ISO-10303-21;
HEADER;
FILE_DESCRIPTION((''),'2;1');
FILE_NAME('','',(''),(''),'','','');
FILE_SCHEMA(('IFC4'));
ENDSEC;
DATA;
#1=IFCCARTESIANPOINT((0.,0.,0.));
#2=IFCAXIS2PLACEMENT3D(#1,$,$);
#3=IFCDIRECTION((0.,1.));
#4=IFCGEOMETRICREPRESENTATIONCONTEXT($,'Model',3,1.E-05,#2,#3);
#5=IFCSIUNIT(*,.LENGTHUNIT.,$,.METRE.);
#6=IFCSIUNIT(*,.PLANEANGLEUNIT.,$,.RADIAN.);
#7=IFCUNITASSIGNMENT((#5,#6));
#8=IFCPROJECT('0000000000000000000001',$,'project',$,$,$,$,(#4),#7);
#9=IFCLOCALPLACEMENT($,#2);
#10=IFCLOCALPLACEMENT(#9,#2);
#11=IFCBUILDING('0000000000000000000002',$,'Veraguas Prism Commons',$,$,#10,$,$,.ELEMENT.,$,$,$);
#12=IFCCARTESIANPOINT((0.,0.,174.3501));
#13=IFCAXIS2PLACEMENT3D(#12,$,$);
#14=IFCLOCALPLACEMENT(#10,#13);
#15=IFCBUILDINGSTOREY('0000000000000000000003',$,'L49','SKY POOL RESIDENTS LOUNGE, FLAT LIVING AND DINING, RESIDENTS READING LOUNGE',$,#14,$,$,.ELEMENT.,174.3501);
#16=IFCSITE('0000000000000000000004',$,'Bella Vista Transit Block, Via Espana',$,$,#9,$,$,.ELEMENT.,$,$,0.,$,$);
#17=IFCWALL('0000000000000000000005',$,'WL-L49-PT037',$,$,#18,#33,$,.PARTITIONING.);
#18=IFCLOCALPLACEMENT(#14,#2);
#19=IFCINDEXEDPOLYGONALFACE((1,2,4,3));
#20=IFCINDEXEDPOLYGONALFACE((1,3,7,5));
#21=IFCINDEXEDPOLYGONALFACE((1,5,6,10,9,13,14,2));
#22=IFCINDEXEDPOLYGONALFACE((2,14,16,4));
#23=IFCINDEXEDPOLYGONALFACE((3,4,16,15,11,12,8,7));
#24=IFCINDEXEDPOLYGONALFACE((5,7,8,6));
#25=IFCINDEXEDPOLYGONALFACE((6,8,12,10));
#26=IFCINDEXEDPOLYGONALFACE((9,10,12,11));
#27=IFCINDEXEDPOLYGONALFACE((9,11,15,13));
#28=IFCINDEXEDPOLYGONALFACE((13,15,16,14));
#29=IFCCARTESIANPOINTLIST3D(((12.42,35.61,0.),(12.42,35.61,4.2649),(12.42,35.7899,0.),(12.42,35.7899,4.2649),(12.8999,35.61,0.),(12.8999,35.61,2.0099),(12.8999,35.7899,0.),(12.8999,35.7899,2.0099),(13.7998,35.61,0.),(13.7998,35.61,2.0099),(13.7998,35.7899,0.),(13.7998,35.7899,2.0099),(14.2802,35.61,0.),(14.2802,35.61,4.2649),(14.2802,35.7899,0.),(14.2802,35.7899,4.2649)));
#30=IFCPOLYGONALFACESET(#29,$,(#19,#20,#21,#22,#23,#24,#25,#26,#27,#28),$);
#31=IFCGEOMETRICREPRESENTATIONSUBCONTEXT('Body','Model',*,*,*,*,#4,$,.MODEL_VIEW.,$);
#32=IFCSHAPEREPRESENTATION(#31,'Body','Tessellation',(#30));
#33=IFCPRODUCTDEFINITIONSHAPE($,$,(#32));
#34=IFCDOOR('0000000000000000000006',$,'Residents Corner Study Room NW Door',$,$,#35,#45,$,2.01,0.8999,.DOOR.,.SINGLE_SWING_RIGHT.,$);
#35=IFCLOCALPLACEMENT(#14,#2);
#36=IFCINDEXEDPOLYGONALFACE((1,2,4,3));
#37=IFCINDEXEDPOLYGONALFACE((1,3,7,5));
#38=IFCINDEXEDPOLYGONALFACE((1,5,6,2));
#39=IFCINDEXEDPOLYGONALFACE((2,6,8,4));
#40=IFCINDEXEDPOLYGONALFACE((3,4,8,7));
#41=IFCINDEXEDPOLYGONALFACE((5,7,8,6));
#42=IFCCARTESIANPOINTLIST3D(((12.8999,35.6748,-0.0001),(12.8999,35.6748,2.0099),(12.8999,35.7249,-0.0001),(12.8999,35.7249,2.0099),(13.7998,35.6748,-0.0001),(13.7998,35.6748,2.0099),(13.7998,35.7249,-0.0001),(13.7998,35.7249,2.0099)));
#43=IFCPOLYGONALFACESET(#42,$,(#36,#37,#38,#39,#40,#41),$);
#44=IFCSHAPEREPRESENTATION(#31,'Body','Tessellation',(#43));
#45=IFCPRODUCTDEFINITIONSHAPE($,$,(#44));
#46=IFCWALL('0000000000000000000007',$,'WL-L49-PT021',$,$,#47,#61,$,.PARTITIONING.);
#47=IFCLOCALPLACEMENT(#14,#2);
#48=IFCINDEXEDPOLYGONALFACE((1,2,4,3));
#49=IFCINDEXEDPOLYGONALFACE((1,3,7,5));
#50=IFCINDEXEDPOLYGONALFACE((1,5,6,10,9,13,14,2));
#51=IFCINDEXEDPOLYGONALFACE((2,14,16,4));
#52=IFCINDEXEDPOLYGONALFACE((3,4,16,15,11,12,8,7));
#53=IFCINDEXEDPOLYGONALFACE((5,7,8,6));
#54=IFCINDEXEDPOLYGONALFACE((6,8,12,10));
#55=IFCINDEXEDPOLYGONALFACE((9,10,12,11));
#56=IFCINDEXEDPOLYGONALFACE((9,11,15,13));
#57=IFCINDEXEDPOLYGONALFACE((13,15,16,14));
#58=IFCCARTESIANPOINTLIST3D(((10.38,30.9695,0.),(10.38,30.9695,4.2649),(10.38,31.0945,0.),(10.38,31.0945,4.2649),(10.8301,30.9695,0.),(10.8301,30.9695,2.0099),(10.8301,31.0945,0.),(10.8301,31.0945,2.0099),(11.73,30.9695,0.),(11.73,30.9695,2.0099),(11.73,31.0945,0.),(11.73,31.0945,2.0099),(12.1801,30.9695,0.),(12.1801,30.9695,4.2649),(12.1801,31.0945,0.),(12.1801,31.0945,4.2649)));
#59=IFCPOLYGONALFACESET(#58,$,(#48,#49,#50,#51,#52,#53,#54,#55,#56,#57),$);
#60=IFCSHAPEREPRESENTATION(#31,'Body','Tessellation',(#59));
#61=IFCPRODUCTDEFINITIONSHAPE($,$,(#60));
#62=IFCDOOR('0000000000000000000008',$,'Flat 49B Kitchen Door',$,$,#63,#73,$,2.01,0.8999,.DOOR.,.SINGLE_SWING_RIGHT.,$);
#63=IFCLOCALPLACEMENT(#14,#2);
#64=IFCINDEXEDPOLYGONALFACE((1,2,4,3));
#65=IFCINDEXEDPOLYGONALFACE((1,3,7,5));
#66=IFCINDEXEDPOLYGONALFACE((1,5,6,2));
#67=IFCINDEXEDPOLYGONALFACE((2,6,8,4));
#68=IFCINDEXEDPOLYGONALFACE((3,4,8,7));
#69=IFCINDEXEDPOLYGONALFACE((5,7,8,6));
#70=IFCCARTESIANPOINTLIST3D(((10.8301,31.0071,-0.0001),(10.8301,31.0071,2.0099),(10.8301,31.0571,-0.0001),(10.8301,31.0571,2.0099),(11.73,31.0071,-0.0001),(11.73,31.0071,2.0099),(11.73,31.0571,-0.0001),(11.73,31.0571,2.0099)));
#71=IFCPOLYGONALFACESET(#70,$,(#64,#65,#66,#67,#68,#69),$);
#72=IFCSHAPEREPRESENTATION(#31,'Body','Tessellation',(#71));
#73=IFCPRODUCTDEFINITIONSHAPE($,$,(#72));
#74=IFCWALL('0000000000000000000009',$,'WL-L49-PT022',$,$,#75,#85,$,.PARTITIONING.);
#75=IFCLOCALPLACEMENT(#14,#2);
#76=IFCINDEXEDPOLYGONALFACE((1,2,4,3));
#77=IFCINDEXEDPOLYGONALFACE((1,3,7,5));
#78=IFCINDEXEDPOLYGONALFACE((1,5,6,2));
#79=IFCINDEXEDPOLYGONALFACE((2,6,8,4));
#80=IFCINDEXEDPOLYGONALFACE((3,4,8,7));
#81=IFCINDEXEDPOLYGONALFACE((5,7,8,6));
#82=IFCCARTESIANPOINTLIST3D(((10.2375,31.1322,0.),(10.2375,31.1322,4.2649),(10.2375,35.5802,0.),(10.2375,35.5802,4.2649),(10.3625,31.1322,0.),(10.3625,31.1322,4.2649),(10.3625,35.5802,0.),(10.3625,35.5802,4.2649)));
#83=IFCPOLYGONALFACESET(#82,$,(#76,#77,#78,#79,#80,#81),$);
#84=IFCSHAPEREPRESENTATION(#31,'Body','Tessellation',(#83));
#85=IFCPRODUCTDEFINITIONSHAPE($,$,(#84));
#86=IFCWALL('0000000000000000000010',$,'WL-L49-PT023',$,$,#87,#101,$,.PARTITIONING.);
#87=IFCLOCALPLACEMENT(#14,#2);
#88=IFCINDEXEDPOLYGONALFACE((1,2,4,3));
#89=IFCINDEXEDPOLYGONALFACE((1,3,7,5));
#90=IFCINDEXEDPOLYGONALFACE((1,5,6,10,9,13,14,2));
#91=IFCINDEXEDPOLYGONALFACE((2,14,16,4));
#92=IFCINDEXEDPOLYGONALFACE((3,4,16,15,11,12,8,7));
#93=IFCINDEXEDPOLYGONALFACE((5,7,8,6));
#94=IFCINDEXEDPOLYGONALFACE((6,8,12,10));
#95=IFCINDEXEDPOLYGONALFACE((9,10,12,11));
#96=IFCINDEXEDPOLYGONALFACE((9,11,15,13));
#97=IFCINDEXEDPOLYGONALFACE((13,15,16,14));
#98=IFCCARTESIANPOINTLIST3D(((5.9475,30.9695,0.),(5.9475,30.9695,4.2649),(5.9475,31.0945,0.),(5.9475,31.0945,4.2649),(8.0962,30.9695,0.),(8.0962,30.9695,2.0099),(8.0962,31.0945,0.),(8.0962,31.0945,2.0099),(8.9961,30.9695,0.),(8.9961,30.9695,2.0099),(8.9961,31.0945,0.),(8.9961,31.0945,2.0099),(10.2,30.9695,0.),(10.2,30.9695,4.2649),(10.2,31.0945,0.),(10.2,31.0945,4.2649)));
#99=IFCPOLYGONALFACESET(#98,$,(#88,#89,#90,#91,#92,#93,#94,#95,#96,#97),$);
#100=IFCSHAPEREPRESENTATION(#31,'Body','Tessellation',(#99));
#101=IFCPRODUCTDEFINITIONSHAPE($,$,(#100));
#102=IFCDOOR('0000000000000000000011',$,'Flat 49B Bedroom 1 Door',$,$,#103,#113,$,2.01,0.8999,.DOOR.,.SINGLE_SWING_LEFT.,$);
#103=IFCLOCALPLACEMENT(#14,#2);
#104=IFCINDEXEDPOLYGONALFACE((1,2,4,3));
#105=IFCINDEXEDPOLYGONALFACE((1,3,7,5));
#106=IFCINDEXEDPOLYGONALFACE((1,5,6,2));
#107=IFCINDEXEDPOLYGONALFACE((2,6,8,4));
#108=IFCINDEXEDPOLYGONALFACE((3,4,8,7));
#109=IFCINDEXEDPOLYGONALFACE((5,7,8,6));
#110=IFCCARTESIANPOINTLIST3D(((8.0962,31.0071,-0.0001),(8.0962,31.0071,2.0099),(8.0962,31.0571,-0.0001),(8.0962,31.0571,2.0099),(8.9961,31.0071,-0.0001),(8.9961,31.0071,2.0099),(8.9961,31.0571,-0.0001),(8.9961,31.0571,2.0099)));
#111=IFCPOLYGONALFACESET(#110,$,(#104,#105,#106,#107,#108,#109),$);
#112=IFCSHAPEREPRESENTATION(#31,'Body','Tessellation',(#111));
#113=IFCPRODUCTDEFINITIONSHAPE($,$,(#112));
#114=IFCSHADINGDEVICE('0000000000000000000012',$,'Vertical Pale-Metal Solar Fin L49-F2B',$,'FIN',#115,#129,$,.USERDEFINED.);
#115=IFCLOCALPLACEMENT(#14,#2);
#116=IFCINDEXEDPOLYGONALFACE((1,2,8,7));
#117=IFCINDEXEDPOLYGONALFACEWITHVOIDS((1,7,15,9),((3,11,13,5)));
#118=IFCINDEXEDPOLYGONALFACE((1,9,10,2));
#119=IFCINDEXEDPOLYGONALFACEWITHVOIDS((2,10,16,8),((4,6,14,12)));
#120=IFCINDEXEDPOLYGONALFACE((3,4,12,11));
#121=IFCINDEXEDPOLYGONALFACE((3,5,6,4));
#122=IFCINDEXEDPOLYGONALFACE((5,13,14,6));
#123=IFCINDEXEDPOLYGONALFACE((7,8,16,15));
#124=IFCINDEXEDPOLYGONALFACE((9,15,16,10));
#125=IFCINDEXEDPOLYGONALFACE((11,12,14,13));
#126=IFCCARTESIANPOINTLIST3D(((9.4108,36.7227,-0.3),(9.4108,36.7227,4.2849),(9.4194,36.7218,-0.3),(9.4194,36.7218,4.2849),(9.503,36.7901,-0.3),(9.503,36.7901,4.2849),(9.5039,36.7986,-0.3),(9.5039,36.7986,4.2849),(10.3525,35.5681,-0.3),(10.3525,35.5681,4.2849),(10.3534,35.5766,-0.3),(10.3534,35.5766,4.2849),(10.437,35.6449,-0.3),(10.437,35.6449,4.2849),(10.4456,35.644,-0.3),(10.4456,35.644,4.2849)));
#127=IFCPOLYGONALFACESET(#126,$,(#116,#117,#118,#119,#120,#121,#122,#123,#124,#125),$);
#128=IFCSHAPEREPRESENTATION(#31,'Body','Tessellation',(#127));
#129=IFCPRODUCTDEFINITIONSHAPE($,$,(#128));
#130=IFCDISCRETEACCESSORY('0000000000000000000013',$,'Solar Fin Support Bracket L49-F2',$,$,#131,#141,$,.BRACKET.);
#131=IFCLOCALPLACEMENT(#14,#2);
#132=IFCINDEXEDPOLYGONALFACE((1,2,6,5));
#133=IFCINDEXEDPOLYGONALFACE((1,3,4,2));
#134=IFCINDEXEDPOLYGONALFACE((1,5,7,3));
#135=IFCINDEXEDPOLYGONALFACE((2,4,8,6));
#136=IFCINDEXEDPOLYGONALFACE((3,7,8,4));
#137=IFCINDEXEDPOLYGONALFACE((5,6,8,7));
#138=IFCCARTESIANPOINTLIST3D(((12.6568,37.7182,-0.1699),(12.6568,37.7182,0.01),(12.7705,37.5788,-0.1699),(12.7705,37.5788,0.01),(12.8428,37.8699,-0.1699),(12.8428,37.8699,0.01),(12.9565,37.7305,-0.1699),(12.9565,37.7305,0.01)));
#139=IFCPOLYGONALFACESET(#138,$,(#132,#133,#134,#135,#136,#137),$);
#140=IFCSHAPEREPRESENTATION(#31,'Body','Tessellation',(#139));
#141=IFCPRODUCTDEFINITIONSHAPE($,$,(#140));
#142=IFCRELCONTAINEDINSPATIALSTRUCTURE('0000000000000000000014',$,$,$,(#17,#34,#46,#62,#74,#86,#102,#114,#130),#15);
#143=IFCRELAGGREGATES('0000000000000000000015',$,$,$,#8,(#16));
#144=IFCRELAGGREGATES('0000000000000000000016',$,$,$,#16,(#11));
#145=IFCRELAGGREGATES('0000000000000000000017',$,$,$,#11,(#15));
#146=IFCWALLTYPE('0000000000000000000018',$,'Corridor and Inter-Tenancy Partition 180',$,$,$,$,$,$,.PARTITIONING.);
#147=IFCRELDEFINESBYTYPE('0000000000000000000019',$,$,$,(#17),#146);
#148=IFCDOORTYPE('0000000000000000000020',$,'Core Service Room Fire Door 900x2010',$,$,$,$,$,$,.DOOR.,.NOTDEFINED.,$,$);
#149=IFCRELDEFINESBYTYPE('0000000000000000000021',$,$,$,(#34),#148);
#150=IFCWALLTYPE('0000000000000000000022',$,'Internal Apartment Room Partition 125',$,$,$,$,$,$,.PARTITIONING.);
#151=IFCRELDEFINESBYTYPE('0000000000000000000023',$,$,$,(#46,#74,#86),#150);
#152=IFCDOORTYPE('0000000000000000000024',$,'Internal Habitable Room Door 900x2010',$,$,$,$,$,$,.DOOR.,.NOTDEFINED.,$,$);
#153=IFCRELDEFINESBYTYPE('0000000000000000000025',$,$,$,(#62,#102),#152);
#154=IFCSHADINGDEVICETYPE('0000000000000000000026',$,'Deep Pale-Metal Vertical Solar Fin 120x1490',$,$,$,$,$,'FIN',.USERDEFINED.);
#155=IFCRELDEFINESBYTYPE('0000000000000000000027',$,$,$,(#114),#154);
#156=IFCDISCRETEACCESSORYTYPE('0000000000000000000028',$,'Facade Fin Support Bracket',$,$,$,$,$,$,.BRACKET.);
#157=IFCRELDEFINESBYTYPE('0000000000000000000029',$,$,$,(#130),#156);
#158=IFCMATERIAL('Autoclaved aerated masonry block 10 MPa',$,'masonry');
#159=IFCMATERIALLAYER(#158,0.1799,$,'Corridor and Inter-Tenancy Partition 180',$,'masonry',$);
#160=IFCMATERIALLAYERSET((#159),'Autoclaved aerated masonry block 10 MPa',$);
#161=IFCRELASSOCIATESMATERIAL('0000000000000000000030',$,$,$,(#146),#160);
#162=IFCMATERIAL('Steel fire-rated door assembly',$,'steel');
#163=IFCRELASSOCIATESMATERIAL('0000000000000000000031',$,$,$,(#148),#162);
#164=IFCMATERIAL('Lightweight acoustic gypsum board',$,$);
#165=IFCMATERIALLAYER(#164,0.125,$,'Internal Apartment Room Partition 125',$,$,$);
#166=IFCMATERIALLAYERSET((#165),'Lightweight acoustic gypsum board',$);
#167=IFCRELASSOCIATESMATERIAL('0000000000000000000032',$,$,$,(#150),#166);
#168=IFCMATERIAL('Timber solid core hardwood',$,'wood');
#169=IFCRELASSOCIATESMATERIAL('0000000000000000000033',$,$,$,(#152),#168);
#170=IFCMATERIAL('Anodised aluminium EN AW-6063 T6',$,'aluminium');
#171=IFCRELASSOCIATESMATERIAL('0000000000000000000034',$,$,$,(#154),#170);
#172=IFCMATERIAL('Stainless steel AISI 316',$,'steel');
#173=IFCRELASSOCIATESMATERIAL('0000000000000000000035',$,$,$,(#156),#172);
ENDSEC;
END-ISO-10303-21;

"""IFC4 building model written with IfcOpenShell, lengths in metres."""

from ifc_helpers import new_model, si_unit, direction, frame, frame_2d, origin, origin_2d, place, context, subcontext, project, spatial, rectangle, hollow_rectangle, extrude, source, transform, mapped, material, layer, layer_set, material_profile, profile_set, type_object, element, fill, save


model = new_model("IFC4")

# Units and contexts
model_context = context("Model", 3, precision=1e-05, world=origin(), true_north=direction((0.0, 1.0)))
body_context = subcontext(model_context, "Body", "Model", "MODEL_VIEW")
ifc_project = project(units=[si_unit("LENGTHUNIT", "METRE"), si_unit("PLANEANGLEUNIT", "RADIAN")], contexts=[model_context])

# Site, building, storey
site_placement = place(None, origin())
site = spatial("IfcSite", under=ifc_project, at=site_placement, Name="Bella Vista Transit Block, Via Espana", CompositionType="ELEMENT", RefElevation=0.0)
building_placement = place(site_placement, origin())
building = spatial("IfcBuilding", under=site, at=building_placement, Name="Veraguas Prism Commons", CompositionType="ELEMENT")
storey_placement = place(building_placement, frame((0.0, 0.0, 174.3501)))
storey = spatial("IfcBuildingStorey", under=building, at=storey_placement, Name="L49", Description="SKY POOL RESIDENTS LOUNGE, FLAT LIVING AND DINING, RESIDENTS READING LOUNGE", CompositionType="ELEMENT", Elevation=174.3501)

# Shared definitions
ifc_material_1 = material(Name="Anodised aluminium EN AW-6063 T6", Category="aluminium")

# Shared definitions
ifc_material_2 = material(Name="Autoclaved aerated masonry block 10 MPa", Category="masonry")
ifc_layer_1 = layer(ifc_material_2, 0.1799, Name="Corridor and Inter-Tenancy Partition 180", Category="masonry")
ifc_layer_set_1 = layer_set([ifc_layer_1], Name="Autoclaved aerated masonry block 10 MPa")
wall_type_1 = type_object("IfcWallType", Name="Corridor and Inter-Tenancy Partition 180", PredefinedType="PARTITIONING", material=ifc_layer_set_1)

# Walls, openings, doors
wall_1_placement = place(storey_placement, frame((12.4199, 35.7, 0.0), z_axis=(0.0, 0.0, 1.0), x_axis=(1.0, 0.0, 0.0)))
wall_1 = element("IfcWall", 1, at=wall_1_placement, inside=storey, type_object=wall_type_1, Name="WL-L49-PT037", PredefinedType="PARTITIONING", context=body_context, shape_type="SweptSolid", body=[
    extrude(rectangle(XDim=1.8601, YDim=0.1799, at=frame_2d((0.9302, 0.0))), origin(), (0.0, 0.0, 1.0), 4.2649),
])
opening_1_placement = place(wall_1_placement, frame((0.48, 0.0, 0.0)))
opening_1 = element("IfcOpeningElement", 2, at=opening_1_placement, cuts=wall_1, PredefinedType="OPENING", context=body_context, shape_type="SweptSolid", body=[
    extrude(rectangle(XDim=0.8999, YDim=2.01, at=frame_2d((0.45, 1.0049))), frame((0.0, 0.0999, 0.0), z_axis=(0.0, -1.0, 0.0), x_axis=(1.0, 0.0, 0.0)), (0.0, 0.0, 1.0), 0.2),
])
ifc_material_3 = material(Name="Steel fire-rated door assembly", Category="steel")
door_type_1 = type_object("IfcDoorType", Name="Core Service Room Fire Door 900x2010", OperationType="NOTDEFINED", PredefinedType="DOOR", material=ifc_material_3)
shared_shape_1 = source(origin(), body_context, "Body", "SweptSolid", [
    extrude(rectangle(XDim=0.8999, YDim=2.01, at=frame_2d((0.45, 1.0049))), frame((0.0, 0.0249, 0.0), z_axis=(0.0, -1.0, 0.0), x_axis=(1.0, 0.0, 0.0)), (0.0, 0.0, 1.0), 0.05),
])
door_1_placement = place(opening_1_placement, origin())
door_1 = element("IfcDoor", 3, at=door_1_placement, inside=storey, type_object=door_type_1, Name="Residents Corner Study Room NW Door", OperationType="SINGLE_SWING_RIGHT", OverallHeight=2.01, OverallWidth=0.8999, PredefinedType="DOOR", context=body_context, shape_type="MappedRepresentation", body=[
    mapped(shared_shape_1, transform((0.0, 0.0, 0.0), scale=1.0)),
])
fill(opening_1, door_1)
ifc_material_4 = material(Name="Lightweight acoustic gypsum board")
ifc_layer_2 = layer(ifc_material_4, 0.125, Name="Internal Apartment Room Partition 125")
ifc_layer_set_2 = layer_set([ifc_layer_2], Name="Lightweight acoustic gypsum board")
wall_type_2 = type_object("IfcWallType", Name="Internal Apartment Room Partition 125", PredefinedType="PARTITIONING", material=ifc_layer_set_2)
wall_2_placement = place(storey_placement, frame((12.1799, 31.032, 0.0), z_axis=(0.0, 0.0, 1.0), x_axis=(-1.0, 0.0, 0.0)))
wall_2 = element("IfcWall", 4, at=wall_2_placement, inside=storey, type_object=wall_type_2, Name="WL-L49-PT021", PredefinedType="PARTITIONING", context=body_context, shape_type="SweptSolid", body=[
    extrude(rectangle(XDim=1.8, YDim=0.125, at=frame_2d((0.8999, 0.0))), origin(), (0.0, 0.0, 1.0), 4.2649),
])
opening_2_placement = place(wall_2_placement, frame((0.45, 0.0, 0.0)))
opening_2 = element("IfcOpeningElement", 5, at=opening_2_placement, cuts=wall_2, PredefinedType="OPENING", context=body_context, shape_type="SweptSolid", body=[
    extrude(rectangle(XDim=0.8999, YDim=2.01, at=frame_2d((0.45, 1.0049))), frame((0.0, 0.0725, 0.0), z_axis=(0.0, -1.0, 0.0), x_axis=(1.0, 0.0, 0.0)), (0.0, 0.0, 1.0), 0.145),
])
ifc_material_5 = material(Name="Timber solid core hardwood", Category="wood")
door_type_2 = type_object("IfcDoorType", Name="Internal Habitable Room Door 900x2010", OperationType="NOTDEFINED", PredefinedType="DOOR", material=ifc_material_5)
door_2_placement = place(opening_2_placement, origin())
door_2 = element("IfcDoor", 6, at=door_2_placement, inside=storey, type_object=door_type_2, Name="Flat 49B Kitchen Door", OperationType="SINGLE_SWING_RIGHT", OverallHeight=2.01, OverallWidth=0.8999, PredefinedType="DOOR", context=body_context, shape_type="MappedRepresentation", body=[
    mapped(shared_shape_1, transform((0.0, 0.0, 0.0), scale=1.0)),
])
fill(opening_2, door_2)

# Wall
wall_3_placement = place(storey_placement, frame((10.3, 31.1321, 0.0), z_axis=(0.0, 0.0, 1.0), x_axis=(0.0, 1.0, 0.0)))
element("IfcWall", 7, at=wall_3_placement, inside=storey, type_object=wall_type_2, Name="WL-L49-PT022", PredefinedType="PARTITIONING", context=body_context, shape_type="SweptSolid", body=[
    extrude(rectangle(XDim=4.448, YDim=0.125, at=frame_2d((2.2241, 0.0))), origin(), (0.0, 0.0, 1.0), 4.2649),
])

# Wall, opening, door
wall_4_placement = place(storey_placement, frame((10.2, 31.032, 0.0), z_axis=(0.0, 0.0, 1.0), x_axis=(-1.0, 0.0, 0.0)))
wall_4 = element("IfcWall", 8, at=wall_4_placement, inside=storey, type_object=wall_type_2, Name="WL-L49-PT023", PredefinedType="PARTITIONING", context=body_context, shape_type="SweptSolid", body=[
    extrude(rectangle(XDim=4.2524, YDim=0.125, at=frame_2d((2.1262, 0.0))), origin(), (0.0, 0.0, 1.0), 4.2649),
])
opening_3_placement = place(wall_4_placement, frame((1.2039, 0.0, 0.0)))
opening_3 = element("IfcOpeningElement", 9, at=opening_3_placement, cuts=wall_4, PredefinedType="OPENING", context=body_context, shape_type="SweptSolid", body=[
    extrude(rectangle(XDim=0.8999, YDim=2.01, at=frame_2d((0.45, 1.0049))), frame((0.0, 0.0725, 0.0), z_axis=(0.0, -1.0, 0.0), x_axis=(1.0, 0.0, 0.0)), (0.0, 0.0, 1.0), 0.145),
])
door_3_placement = place(opening_3_placement, origin())
door_3 = element("IfcDoor", 10, at=door_3_placement, inside=storey, type_object=door_type_2, Name="Flat 49B Bedroom 1 Door", OperationType="SINGLE_SWING_LEFT", OverallHeight=2.01, OverallWidth=0.8999, PredefinedType="DOOR", context=body_context, shape_type="MappedRepresentation", body=[
    mapped(shared_shape_1, transform((0.0, 0.0, 0.0), scale=1.0)),
])
fill(opening_3, door_3)

# Shading device
ifc_material_profile_1 = material_profile(ifc_material_1, hollow_rectangle(XDim=0.1201, YDim=1.49, WallThickness=0.0061, at=origin_2d()), Name="FIN120X1490X6")
ifc_profile_set_1 = profile_set([ifc_material_profile_1], Name="Anodised aluminium EN AW-6063 T6")
shading_device_type = type_object("IfcShadingDeviceType", Name="Deep Pale-Metal Vertical Solar Fin 120x1490", ElementType="FIN", PredefinedType="USERDEFINED", material=ifc_profile_set_1)
shading_device_placement = place(storey_placement, frame((9.9282, 36.1833, -0.3), z_axis=(0.0, 0.0, 1.0), x_axis=(-0.774943, -0.632031, 0.0)))
element("IfcShadingDevice", 11, at=shading_device_placement, inside=storey, type_object=shading_device_type, Name="Vertical Pale-Metal Solar Fin L49-F2B", ObjectType="FIN", PredefinedType="USERDEFINED", context=body_context, shape_type="SweptSolid", body=[
    extrude(hollow_rectangle(XDim=0.1201, YDim=1.49, WallThickness=0.0061, at=origin_2d()), origin(), (0.0, 0.0, 1.0), 4.585),
])

# Discrete accessory
ifc_material_6 = material(Name="Stainless steel AISI 316", Category="steel")
discrete_accessory_type = type_object("IfcDiscreteAccessoryType", Name="Facade Fin Support Bracket", PredefinedType="BRACKET", material=ifc_material_6)
shared_shape_2 = source(origin(), body_context, "Body", "SweptSolid", [
    extrude(rectangle(XDim=0.24, YDim=0.1799, at=origin_2d()), origin(), (0.0, 0.0, 1.0), 0.1799),
])
discrete_accessory_placement = place(storey_placement, frame((12.8066, 37.7244, -0.1699), z_axis=(0.0, 0.0, 1.0), x_axis=(-0.774943, -0.632031, 0.0)))
element("IfcDiscreteAccessory", 12, at=discrete_accessory_placement, inside=storey, type_object=discrete_accessory_type, Name="Solar Fin Support Bracket L49-F2", PredefinedType="BRACKET", context=body_context, shape_type="MappedRepresentation", body=[
    mapped(shared_shape_2, transform((0.0, 0.0, 0.0), scale=1.0)),
])

save(model, "model.ifc")
